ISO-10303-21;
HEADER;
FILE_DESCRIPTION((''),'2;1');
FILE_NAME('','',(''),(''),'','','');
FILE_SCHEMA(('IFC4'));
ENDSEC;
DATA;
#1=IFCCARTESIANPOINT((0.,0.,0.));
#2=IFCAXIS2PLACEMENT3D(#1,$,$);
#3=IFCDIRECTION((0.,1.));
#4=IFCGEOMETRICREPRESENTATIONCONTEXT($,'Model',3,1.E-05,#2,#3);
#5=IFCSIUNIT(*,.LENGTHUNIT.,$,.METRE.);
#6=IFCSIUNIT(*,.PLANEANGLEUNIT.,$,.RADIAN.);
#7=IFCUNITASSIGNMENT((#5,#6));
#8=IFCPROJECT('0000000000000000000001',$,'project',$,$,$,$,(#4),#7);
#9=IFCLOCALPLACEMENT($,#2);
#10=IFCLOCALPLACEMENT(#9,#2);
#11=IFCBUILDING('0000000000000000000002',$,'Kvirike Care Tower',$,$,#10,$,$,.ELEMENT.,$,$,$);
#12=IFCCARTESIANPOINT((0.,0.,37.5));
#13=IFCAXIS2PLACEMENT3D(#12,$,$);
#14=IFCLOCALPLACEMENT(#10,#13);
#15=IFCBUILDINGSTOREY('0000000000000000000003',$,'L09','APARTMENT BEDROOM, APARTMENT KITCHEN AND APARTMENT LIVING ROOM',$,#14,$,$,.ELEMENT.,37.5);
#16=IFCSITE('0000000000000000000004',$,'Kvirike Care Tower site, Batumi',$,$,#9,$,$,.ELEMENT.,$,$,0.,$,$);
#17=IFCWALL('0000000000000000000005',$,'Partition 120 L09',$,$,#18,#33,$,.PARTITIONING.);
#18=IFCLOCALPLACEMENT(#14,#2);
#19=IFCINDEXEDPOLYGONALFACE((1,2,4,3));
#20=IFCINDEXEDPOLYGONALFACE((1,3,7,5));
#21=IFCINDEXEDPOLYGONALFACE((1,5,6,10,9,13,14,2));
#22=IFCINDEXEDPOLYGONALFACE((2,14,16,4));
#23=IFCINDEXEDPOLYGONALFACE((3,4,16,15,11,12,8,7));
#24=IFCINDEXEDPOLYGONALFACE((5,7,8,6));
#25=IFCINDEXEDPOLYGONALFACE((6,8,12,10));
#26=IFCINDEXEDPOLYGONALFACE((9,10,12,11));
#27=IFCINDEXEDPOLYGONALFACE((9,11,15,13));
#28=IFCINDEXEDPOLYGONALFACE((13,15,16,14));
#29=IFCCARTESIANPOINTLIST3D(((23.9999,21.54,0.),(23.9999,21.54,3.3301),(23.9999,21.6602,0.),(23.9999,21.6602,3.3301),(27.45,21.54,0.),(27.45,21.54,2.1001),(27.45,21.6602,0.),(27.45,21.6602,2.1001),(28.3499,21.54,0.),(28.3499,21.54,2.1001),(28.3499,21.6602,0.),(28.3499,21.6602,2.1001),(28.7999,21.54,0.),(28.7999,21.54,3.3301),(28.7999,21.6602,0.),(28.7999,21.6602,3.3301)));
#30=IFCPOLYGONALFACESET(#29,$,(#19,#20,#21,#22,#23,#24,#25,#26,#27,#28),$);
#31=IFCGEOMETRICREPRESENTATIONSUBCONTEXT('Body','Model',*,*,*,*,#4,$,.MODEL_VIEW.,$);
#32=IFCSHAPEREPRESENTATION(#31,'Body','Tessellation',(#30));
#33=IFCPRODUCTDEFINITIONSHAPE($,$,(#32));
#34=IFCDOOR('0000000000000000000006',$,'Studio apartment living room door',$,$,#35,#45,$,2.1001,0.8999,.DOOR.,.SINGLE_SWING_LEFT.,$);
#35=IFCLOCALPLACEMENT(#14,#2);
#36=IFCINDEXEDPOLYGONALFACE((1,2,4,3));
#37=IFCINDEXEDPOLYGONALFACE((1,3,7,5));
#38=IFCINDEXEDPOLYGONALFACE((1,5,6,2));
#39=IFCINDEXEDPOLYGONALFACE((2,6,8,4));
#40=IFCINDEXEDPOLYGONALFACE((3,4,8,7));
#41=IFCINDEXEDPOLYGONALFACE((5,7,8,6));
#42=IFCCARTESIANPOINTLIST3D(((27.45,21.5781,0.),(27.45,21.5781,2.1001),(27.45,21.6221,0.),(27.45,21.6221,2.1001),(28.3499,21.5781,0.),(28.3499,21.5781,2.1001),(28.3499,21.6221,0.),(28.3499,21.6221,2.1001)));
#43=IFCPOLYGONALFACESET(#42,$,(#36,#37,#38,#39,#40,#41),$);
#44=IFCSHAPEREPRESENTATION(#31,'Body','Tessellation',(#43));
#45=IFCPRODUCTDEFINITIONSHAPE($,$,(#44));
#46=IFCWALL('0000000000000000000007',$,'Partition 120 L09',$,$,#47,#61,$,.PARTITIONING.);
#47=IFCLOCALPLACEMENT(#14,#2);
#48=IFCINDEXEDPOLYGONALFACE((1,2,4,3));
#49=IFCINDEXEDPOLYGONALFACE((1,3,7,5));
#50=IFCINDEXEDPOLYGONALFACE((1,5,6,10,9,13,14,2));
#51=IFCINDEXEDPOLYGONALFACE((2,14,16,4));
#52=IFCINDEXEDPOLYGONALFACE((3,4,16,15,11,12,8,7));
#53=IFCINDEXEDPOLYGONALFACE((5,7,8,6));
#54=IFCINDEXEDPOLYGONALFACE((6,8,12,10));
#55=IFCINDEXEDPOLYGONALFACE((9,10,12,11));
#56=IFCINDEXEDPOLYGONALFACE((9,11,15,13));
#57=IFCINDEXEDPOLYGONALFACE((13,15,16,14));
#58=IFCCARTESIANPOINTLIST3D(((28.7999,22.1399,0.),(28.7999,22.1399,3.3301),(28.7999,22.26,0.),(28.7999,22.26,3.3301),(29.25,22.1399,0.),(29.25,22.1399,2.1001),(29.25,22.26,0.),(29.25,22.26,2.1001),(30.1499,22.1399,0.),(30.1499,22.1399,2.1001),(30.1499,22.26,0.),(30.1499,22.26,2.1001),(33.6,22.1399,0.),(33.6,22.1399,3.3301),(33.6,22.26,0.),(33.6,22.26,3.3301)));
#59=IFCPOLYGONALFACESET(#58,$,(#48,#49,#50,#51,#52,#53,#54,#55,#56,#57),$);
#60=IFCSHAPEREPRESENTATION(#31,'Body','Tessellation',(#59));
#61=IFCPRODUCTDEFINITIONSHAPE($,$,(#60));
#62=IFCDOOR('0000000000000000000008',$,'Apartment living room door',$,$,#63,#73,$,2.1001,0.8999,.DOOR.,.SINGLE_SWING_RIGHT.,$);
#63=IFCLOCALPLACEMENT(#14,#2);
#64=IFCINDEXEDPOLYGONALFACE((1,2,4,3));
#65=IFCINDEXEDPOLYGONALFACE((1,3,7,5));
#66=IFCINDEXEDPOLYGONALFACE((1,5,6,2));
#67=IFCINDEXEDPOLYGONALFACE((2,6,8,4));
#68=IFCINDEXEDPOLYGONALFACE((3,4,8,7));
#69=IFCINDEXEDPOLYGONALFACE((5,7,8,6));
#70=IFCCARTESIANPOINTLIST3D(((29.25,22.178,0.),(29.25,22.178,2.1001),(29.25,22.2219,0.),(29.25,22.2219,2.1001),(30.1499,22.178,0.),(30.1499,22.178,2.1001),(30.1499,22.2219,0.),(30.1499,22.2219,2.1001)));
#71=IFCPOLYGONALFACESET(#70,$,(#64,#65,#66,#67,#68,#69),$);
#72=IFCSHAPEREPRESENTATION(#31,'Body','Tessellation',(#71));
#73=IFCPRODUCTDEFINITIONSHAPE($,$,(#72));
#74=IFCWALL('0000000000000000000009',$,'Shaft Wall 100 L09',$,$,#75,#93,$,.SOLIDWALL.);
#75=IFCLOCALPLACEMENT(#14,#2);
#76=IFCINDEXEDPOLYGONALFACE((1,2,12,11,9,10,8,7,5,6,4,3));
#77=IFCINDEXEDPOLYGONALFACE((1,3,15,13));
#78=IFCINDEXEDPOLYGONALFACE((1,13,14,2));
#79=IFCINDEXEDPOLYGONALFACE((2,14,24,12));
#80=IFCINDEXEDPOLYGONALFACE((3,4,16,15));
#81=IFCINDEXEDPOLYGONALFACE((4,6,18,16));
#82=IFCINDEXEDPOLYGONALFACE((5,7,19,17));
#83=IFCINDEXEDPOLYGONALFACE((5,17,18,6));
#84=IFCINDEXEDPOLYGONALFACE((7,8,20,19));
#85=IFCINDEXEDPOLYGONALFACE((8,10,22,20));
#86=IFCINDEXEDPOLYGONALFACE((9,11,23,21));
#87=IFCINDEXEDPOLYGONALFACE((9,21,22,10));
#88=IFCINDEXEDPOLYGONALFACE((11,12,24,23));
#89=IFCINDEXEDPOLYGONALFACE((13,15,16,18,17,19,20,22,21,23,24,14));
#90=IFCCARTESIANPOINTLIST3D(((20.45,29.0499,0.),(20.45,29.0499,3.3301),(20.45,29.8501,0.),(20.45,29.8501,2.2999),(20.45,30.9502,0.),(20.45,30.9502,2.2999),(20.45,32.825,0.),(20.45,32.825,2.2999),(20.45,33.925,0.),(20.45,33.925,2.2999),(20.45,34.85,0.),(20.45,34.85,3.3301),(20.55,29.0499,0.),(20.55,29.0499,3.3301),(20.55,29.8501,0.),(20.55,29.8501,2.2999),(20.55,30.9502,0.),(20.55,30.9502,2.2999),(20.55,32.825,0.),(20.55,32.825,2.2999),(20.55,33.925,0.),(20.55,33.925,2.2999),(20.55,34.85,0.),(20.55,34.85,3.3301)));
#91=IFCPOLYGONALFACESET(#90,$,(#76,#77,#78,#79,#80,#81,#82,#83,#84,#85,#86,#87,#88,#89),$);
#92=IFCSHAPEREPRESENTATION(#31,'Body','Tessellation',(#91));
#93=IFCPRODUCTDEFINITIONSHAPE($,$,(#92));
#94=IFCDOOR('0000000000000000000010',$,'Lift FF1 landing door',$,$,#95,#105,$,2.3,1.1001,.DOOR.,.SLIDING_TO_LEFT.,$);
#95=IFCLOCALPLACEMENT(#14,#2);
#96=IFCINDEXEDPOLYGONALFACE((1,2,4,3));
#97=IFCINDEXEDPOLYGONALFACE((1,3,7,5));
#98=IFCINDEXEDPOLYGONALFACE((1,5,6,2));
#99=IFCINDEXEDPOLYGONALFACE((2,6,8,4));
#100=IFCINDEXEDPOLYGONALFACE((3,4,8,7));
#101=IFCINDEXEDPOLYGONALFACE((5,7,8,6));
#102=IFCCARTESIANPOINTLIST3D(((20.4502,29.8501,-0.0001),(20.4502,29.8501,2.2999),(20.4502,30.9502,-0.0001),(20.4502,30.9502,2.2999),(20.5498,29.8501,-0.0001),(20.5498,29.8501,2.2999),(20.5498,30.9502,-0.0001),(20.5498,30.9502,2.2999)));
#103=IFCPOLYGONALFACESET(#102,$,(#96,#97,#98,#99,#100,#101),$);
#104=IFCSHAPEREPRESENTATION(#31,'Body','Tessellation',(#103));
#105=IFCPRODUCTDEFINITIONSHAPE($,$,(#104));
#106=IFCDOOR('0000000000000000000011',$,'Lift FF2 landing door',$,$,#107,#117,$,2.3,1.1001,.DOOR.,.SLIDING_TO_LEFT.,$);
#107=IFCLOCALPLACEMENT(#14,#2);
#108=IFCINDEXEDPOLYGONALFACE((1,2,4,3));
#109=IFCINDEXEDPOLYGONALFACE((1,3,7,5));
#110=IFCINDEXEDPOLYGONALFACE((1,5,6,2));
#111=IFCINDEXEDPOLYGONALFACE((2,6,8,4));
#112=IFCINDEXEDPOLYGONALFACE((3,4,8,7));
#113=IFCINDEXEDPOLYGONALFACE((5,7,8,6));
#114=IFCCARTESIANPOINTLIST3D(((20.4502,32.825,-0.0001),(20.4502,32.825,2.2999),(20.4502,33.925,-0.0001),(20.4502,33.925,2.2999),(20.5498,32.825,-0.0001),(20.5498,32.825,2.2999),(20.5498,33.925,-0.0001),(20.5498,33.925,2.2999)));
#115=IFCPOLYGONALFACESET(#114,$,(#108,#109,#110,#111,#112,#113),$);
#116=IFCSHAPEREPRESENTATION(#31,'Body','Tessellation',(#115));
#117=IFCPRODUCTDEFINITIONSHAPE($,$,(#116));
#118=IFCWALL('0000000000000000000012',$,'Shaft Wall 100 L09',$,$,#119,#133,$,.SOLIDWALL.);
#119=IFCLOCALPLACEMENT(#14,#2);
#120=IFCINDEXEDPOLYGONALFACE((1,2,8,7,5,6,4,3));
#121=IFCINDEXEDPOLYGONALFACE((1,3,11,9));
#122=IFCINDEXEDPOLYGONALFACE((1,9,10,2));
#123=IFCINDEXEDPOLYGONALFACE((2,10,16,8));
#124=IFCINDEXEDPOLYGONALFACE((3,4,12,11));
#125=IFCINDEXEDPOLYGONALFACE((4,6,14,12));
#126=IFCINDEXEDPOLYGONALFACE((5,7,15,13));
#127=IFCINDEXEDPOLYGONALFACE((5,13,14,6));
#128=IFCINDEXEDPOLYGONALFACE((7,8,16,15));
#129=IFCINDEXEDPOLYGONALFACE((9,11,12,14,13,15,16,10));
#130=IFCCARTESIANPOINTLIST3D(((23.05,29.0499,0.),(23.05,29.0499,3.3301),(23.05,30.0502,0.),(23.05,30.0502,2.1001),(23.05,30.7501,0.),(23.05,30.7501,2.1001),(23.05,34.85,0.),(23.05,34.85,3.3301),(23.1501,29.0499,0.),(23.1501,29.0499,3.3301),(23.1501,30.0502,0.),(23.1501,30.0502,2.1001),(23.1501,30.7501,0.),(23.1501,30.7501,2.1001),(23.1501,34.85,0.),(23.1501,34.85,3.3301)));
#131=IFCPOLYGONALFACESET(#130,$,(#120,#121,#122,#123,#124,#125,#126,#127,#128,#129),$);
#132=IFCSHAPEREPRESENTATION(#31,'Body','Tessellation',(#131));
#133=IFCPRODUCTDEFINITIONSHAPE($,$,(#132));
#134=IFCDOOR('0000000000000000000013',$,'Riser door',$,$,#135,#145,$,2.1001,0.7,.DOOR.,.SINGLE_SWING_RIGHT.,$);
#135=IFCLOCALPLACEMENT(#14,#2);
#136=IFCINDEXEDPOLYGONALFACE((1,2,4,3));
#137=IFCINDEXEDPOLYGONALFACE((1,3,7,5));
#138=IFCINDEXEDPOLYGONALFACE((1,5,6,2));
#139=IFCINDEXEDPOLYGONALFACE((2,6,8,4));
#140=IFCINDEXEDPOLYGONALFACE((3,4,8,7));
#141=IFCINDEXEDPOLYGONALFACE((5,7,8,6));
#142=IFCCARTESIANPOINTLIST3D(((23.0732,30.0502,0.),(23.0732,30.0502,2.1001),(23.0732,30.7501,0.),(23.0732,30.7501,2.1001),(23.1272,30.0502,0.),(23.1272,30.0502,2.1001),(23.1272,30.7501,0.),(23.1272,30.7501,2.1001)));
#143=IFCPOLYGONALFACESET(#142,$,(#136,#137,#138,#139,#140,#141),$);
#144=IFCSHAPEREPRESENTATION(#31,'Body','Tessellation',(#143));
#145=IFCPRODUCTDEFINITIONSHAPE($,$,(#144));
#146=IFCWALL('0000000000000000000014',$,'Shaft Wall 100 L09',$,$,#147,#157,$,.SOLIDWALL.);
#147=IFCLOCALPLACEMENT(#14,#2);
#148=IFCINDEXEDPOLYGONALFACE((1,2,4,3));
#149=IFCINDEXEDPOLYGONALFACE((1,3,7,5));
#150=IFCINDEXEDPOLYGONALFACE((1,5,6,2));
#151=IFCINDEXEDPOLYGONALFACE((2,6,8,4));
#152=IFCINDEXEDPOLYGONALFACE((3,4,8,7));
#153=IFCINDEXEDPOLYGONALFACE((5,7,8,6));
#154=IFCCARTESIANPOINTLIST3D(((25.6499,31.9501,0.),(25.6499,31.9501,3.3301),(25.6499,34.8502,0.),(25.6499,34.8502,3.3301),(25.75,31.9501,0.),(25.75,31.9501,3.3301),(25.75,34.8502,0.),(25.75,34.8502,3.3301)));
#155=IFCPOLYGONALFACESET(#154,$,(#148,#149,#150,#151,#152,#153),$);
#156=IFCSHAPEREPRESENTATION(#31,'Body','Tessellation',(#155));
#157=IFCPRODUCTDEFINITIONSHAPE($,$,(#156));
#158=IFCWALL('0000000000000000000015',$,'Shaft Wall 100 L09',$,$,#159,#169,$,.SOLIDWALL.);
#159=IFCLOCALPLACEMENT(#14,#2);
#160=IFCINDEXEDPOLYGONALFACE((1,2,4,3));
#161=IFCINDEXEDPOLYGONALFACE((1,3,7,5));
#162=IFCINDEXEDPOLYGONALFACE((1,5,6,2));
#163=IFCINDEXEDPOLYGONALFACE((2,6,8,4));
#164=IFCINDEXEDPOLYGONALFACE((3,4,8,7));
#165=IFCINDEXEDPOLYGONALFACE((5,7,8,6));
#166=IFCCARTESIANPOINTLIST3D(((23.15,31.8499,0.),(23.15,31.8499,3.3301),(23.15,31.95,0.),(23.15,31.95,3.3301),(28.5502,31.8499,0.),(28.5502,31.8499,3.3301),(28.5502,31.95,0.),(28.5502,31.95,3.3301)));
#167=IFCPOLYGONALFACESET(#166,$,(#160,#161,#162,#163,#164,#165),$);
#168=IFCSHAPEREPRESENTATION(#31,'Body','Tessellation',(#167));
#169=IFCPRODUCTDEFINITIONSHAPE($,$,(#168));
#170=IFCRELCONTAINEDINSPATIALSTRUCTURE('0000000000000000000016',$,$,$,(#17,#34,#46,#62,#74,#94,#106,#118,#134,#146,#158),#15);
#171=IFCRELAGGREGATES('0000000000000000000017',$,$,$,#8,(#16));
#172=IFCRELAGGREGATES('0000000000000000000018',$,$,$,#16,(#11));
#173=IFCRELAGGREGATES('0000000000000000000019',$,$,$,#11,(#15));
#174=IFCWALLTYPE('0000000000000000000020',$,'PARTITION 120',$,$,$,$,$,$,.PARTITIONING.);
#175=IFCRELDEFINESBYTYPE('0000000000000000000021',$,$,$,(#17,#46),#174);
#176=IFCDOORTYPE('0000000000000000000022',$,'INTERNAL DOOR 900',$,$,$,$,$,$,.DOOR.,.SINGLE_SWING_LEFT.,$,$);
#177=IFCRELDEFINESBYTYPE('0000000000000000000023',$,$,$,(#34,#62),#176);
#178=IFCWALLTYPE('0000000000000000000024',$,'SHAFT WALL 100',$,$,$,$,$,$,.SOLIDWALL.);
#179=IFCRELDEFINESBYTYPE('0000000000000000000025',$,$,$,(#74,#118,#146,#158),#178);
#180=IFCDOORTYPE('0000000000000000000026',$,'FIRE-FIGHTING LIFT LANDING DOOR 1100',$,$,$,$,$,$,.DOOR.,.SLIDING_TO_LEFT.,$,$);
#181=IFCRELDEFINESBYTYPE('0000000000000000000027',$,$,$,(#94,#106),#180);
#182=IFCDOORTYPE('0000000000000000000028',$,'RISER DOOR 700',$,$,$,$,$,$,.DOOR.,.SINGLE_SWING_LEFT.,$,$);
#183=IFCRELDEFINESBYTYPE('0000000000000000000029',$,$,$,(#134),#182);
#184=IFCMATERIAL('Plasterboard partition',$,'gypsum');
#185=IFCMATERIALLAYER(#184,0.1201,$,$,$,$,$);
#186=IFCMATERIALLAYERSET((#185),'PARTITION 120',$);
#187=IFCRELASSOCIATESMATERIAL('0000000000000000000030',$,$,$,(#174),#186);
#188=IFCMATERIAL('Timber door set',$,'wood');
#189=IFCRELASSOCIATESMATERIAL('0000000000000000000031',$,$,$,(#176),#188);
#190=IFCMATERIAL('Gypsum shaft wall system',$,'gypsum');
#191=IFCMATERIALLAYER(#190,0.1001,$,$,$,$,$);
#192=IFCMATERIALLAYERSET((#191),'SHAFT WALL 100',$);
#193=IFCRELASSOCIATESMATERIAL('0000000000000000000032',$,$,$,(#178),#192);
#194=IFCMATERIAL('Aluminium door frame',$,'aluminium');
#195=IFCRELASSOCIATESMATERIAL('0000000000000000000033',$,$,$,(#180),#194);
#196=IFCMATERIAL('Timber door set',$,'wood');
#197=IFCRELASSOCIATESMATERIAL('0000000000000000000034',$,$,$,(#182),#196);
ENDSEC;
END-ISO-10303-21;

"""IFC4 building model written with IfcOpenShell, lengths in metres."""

from ifc_helpers import new_model, si_unit, direction, frame, frame_2d, origin, place, context, subcontext, project, spatial, rectangle, extrude, material, layer, layer_set, type_object, element, fill, save


model = new_model("IFC4")

# Units and contexts
model_context = context("Model", 3, precision=1e-05, world=origin(), true_north=direction((0.0, 1.0)))
body_context = subcontext(model_context, "Body", "Model", "MODEL_VIEW")
ifc_project = project(units=[si_unit("LENGTHUNIT", "METRE"), si_unit("PLANEANGLEUNIT", "RADIAN")], contexts=[model_context])

# Site, building, storey
site_placement = place(None, origin())
site = spatial("IfcSite", under=ifc_project, at=site_placement, Name="Kvirike Care Tower site, Batumi", CompositionType="ELEMENT", RefElevation=0.0)
building_placement = place(site_placement, origin())
building = spatial("IfcBuilding", under=site, at=building_placement, Name="Kvirike Care Tower", CompositionType="ELEMENT")
storey_placement = place(building_placement, frame((0.0, 0.0, 37.5)))
storey = spatial("IfcBuildingStorey", under=building, at=storey_placement, Name="L09", Description="APARTMENT BEDROOM, APARTMENT KITCHEN AND APARTMENT LIVING ROOM", CompositionType="ELEMENT", Elevation=37.5)

# Walls, openings, doors
ifc_material_1 = material(Name="Plasterboard partition", Category="gypsum")
ifc_layer_1 = layer(ifc_material_1, 0.1201)
ifc_layer_set_1 = layer_set([ifc_layer_1], Name="PARTITION 120")
wall_type_1 = type_object("IfcWallType", Name="PARTITION 120", PredefinedType="PARTITIONING", material=ifc_layer_set_1)
ifc_material_2 = material(Name="Timber door set", Category="wood")
door_type_1 = type_object("IfcDoorType", Name="INTERNAL DOOR 900", OperationType="SINGLE_SWING_LEFT", PredefinedType="DOOR", material=ifc_material_2)
wall_1_placement = place(storey_placement, frame((24.0, 21.6001, 0.0), z_axis=(0.0, 0.0, 1.0), x_axis=(1.0, 0.0, 0.0)))
wall_1 = element("IfcWall", 1, at=wall_1_placement, inside=storey, type_object=wall_type_1, Name="Partition 120 L09", PredefinedType="PARTITIONING", context=body_context, shape_type="SweptSolid", body=[
    extrude(rectangle(XDim=4.8, YDim=0.1201, at=frame_2d((2.3999, 0.0))), origin(), (0.0, 0.0, 1.0), 3.3301),
])
opening_1_placement = place(wall_1_placement, frame((3.45, 0.0, 0.0)))
opening_1 = element("IfcOpeningElement", 2, at=opening_1_placement, cuts=wall_1, PredefinedType="OPENING", context=body_context, shape_type="SweptSolid", body=[
    extrude(rectangle(XDim=0.8999, YDim=2.1001, at=frame_2d((0.45, 1.05))), frame((0.0, 0.0706, 0.0), z_axis=(0.0, -1.0, 0.0), x_axis=(1.0, 0.0, 0.0)), (0.0, 0.0, 1.0), 0.1411),
])
door_1_placement = place(opening_1_placement, origin())
door_1 = element("IfcDoor", 3, at=door_1_placement, inside=storey, type_object=door_type_1, Name="Studio apartment living room door", OperationType="SINGLE_SWING_LEFT", OverallHeight=2.1001, OverallWidth=0.8999, PredefinedType="DOOR", context=body_context, shape_type="SweptSolid", body=[
    extrude(rectangle(XDim=0.8999, YDim=2.1001, at=frame_2d((0.45, 1.05))), frame((0.0, 0.022, 0.0), z_axis=(0.0, -1.0, 0.0), x_axis=(1.0, 0.0, 0.0)), (0.0, 0.0, 1.0), 0.0439),
])
fill(opening_1, door_1)
wall_2_placement = place(storey_placement, frame((28.8, 22.2, 0.0), z_axis=(0.0, 0.0, 1.0), x_axis=(1.0, 0.0, 0.0)))
wall_2 = element("IfcWall", 4, at=wall_2_placement, inside=storey, type_object=wall_type_1, Name="Partition 120 L09", PredefinedType="PARTITIONING", context=body_context, shape_type="SweptSolid", body=[
    extrude(rectangle(XDim=4.8, YDim=0.1201, at=frame_2d((2.3999, 0.0))), origin(), (0.0, 0.0, 1.0), 3.3301),
])
opening_2_placement = place(wall_2_placement, frame((0.45, 0.0, 0.0)))
opening_2 = element("IfcOpeningElement", 5, at=opening_2_placement, cuts=wall_2, PredefinedType="OPENING", context=body_context, shape_type="SweptSolid", body=[
    extrude(rectangle(XDim=0.8999, YDim=2.1001, at=frame_2d((0.45, 1.05))), frame((0.0, 0.0706, 0.0), z_axis=(0.0, -1.0, 0.0), x_axis=(1.0, 0.0, 0.0)), (0.0, 0.0, 1.0), 0.1411),
])
door_2_placement = place(opening_2_placement, origin())
door_2 = element("IfcDoor", 6, at=door_2_placement, inside=storey, type_object=door_type_1, Name="Apartment living room door", OperationType="SINGLE_SWING_RIGHT", OverallHeight=2.1001, OverallWidth=0.8999, PredefinedType="DOOR", context=body_context, shape_type="SweptSolid", body=[
    extrude(rectangle(XDim=0.8999, YDim=2.1001, at=frame_2d((0.45, 1.05))), frame((0.0, 0.022, 0.0), z_axis=(0.0, -1.0, 0.0), x_axis=(1.0, 0.0, 0.0)), (0.0, 0.0, 1.0), 0.0439),
])
fill(opening_2, door_2)

# Wall, openings, doors
ifc_material_3 = material(Name="Gypsum shaft wall system", Category="gypsum")
ifc_layer_2 = layer(ifc_material_3, 0.1001)
ifc_layer_set_2 = layer_set([ifc_layer_2], Name="SHAFT WALL 100")
wall_type_2 = type_object("IfcWallType", Name="SHAFT WALL 100", PredefinedType="SOLIDWALL", material=ifc_layer_set_2)
wall_3_placement = place(storey_placement, frame((20.5, 29.05, 0.0), z_axis=(0.0, 0.0, 1.0), x_axis=(0.0, 1.0, 0.0)))
wall_3 = element("IfcWall", 7, at=wall_3_placement, inside=storey, type_object=wall_type_2, Name="Shaft Wall 100 L09", PredefinedType="SOLIDWALL", context=body_context, shape_type="SweptSolid", body=[
    extrude(rectangle(XDim=5.8, YDim=0.1001, at=frame_2d((2.8999, 0.0))), origin(), (0.0, 0.0, 1.0), 3.3301),
])
opening_3_placement = place(wall_3_placement, frame((0.8, 0.0, 0.0)))
opening_3 = element("IfcOpeningElement", 8, at=opening_3_placement, cuts=wall_3, PredefinedType="OPENING", context=body_context, shape_type="SweptSolid", body=[
    extrude(rectangle(XDim=1.1001, YDim=2.3, at=frame_2d((0.55, 1.1499))), frame((0.0, 0.0605, 0.0), z_axis=(0.0, -1.0, 0.0), x_axis=(1.0, 0.0, 0.0)), (0.0, 0.0, 1.0), 0.1211),
])
opening_4_placement = place(wall_3_placement, frame((3.7749, 0.0, 0.0)))
opening_4 = element("IfcOpeningElement", 9, at=opening_4_placement, cuts=wall_3, PredefinedType="OPENING", context=body_context, shape_type="SweptSolid", body=[
    extrude(rectangle(XDim=1.1001, YDim=2.3, at=frame_2d((0.55, 1.1499))), frame((0.0, 0.0605, 0.0), z_axis=(0.0, -1.0, 0.0), x_axis=(1.0, 0.0, 0.0)), (0.0, 0.0, 1.0), 0.1211),
])
ifc_material_4 = material(Name="Aluminium door frame", Category="aluminium")
door_type_2 = type_object("IfcDoorType", Name="FIRE-FIGHTING LIFT LANDING DOOR 1100", OperationType="SLIDING_TO_LEFT", PredefinedType="DOOR", material=ifc_material_4)
door_3_placement = place(opening_3_placement, origin())
door_3 = element("IfcDoor", 10, at=door_3_placement, inside=storey, type_object=door_type_2, Name="Lift FF1 landing door", OperationType="SLIDING_TO_LEFT", OverallHeight=2.3, OverallWidth=1.1001, PredefinedType="DOOR", context=body_context, shape_type="SweptSolid", body=[
    extrude(rectangle(XDim=1.1001, YDim=2.3, at=frame_2d((0.55, 1.1499))), frame((0.0, 0.0498, 0.0), z_axis=(0.0, -1.0, 0.0), x_axis=(1.0, 0.0, 0.0)), (0.0, 0.0, 1.0), 0.0996),
])
fill(opening_3, door_3)
door_4_placement = place(opening_4_placement, origin())
door_4 = element("IfcDoor", 11, at=door_4_placement, inside=storey, type_object=door_type_2, Name="Lift FF2 landing door", OperationType="SLIDING_TO_LEFT", OverallHeight=2.3, OverallWidth=1.1001, PredefinedType="DOOR", context=body_context, shape_type="SweptSolid", body=[
    extrude(rectangle(XDim=1.1001, YDim=2.3, at=frame_2d((0.55, 1.1499))), frame((0.0, 0.0498, 0.0), z_axis=(0.0, -1.0, 0.0), x_axis=(1.0, 0.0, 0.0)), (0.0, 0.0, 1.0), 0.0996),
])
fill(opening_4, door_4)

# Wall, opening, door
wall_4_placement = place(storey_placement, frame((23.1001, 29.05, 0.0), z_axis=(0.0, 0.0, 1.0), x_axis=(0.0, 1.0, 0.0)))
wall_4 = element("IfcWall", 12, at=wall_4_placement, inside=storey, type_object=wall_type_2, Name="Shaft Wall 100 L09", PredefinedType="SOLIDWALL", context=body_context, shape_type="SweptSolid", body=[
    extrude(rectangle(XDim=5.8, YDim=0.1001, at=frame_2d((2.8999, 0.0))), origin(), (0.0, 0.0, 1.0), 3.3301),
])
opening_5_placement = place(wall_4_placement, frame((1.0, 0.0, 0.0)))
opening_5 = element("IfcOpeningElement", 13, at=opening_5_placement, cuts=wall_4, PredefinedType="OPENING", context=body_context, shape_type="SweptSolid", body=[
    extrude(rectangle(XDim=0.7, YDim=2.1001, at=frame_2d((0.3501, 1.05))), frame((0.0, 0.0605, 0.0), z_axis=(0.0, -1.0, 0.0), x_axis=(1.0, 0.0, 0.0)), (0.0, 0.0, 1.0), 0.1211),
])
ifc_material_5 = material(Name="Timber door set", Category="wood")
door_type_3 = type_object("IfcDoorType", Name="RISER DOOR 700", OperationType="SINGLE_SWING_LEFT", PredefinedType="DOOR", material=ifc_material_5)
door_5_placement = place(opening_5_placement, origin())
door_5 = element("IfcDoor", 14, at=door_5_placement, inside=storey, type_object=door_type_3, Name="Riser door", OperationType="SINGLE_SWING_RIGHT", OverallHeight=2.1001, OverallWidth=0.7, PredefinedType="DOOR", context=body_context, shape_type="SweptSolid", body=[
    extrude(rectangle(XDim=0.7, YDim=2.1001, at=frame_2d((0.3501, 1.05))), frame((0.0, 0.0269, 0.0), z_axis=(0.0, -1.0, 0.0), x_axis=(1.0, 0.0, 0.0)), (0.0, 0.0, 1.0), 0.054),
])
fill(opening_5, door_5)

# Walls
wall_5_placement = place(storey_placement, frame((25.7, 31.95, 0.0), z_axis=(0.0, 0.0, 1.0), x_axis=(0.0, 1.0, 0.0)))
element("IfcWall", 15, at=wall_5_placement, inside=storey, type_object=wall_type_2, Name="Shaft Wall 100 L09", PredefinedType="SOLIDWALL", context=body_context, shape_type="SweptSolid", body=[
    extrude(rectangle(XDim=2.9001, YDim=0.1001, at=frame_2d((1.4502, 0.0))), origin(), (0.0, 0.0, 1.0), 3.3301),
])
wall_6_placement = place(storey_placement, frame((23.1499, 31.8999, 0.0), z_axis=(0.0, 0.0, 1.0), x_axis=(1.0, 0.0, 0.0)))
element("IfcWall", 16, at=wall_6_placement, inside=storey, type_object=wall_type_2, Name="Shaft Wall 100 L09", PredefinedType="SOLIDWALL", context=body_context, shape_type="SweptSolid", body=[
    extrude(rectangle(XDim=5.4001, YDim=0.1001, at=frame_2d((2.7002, 0.0))), origin(), (0.0, 0.0, 1.0), 3.3301),
])

save(model, "model.ifc")
